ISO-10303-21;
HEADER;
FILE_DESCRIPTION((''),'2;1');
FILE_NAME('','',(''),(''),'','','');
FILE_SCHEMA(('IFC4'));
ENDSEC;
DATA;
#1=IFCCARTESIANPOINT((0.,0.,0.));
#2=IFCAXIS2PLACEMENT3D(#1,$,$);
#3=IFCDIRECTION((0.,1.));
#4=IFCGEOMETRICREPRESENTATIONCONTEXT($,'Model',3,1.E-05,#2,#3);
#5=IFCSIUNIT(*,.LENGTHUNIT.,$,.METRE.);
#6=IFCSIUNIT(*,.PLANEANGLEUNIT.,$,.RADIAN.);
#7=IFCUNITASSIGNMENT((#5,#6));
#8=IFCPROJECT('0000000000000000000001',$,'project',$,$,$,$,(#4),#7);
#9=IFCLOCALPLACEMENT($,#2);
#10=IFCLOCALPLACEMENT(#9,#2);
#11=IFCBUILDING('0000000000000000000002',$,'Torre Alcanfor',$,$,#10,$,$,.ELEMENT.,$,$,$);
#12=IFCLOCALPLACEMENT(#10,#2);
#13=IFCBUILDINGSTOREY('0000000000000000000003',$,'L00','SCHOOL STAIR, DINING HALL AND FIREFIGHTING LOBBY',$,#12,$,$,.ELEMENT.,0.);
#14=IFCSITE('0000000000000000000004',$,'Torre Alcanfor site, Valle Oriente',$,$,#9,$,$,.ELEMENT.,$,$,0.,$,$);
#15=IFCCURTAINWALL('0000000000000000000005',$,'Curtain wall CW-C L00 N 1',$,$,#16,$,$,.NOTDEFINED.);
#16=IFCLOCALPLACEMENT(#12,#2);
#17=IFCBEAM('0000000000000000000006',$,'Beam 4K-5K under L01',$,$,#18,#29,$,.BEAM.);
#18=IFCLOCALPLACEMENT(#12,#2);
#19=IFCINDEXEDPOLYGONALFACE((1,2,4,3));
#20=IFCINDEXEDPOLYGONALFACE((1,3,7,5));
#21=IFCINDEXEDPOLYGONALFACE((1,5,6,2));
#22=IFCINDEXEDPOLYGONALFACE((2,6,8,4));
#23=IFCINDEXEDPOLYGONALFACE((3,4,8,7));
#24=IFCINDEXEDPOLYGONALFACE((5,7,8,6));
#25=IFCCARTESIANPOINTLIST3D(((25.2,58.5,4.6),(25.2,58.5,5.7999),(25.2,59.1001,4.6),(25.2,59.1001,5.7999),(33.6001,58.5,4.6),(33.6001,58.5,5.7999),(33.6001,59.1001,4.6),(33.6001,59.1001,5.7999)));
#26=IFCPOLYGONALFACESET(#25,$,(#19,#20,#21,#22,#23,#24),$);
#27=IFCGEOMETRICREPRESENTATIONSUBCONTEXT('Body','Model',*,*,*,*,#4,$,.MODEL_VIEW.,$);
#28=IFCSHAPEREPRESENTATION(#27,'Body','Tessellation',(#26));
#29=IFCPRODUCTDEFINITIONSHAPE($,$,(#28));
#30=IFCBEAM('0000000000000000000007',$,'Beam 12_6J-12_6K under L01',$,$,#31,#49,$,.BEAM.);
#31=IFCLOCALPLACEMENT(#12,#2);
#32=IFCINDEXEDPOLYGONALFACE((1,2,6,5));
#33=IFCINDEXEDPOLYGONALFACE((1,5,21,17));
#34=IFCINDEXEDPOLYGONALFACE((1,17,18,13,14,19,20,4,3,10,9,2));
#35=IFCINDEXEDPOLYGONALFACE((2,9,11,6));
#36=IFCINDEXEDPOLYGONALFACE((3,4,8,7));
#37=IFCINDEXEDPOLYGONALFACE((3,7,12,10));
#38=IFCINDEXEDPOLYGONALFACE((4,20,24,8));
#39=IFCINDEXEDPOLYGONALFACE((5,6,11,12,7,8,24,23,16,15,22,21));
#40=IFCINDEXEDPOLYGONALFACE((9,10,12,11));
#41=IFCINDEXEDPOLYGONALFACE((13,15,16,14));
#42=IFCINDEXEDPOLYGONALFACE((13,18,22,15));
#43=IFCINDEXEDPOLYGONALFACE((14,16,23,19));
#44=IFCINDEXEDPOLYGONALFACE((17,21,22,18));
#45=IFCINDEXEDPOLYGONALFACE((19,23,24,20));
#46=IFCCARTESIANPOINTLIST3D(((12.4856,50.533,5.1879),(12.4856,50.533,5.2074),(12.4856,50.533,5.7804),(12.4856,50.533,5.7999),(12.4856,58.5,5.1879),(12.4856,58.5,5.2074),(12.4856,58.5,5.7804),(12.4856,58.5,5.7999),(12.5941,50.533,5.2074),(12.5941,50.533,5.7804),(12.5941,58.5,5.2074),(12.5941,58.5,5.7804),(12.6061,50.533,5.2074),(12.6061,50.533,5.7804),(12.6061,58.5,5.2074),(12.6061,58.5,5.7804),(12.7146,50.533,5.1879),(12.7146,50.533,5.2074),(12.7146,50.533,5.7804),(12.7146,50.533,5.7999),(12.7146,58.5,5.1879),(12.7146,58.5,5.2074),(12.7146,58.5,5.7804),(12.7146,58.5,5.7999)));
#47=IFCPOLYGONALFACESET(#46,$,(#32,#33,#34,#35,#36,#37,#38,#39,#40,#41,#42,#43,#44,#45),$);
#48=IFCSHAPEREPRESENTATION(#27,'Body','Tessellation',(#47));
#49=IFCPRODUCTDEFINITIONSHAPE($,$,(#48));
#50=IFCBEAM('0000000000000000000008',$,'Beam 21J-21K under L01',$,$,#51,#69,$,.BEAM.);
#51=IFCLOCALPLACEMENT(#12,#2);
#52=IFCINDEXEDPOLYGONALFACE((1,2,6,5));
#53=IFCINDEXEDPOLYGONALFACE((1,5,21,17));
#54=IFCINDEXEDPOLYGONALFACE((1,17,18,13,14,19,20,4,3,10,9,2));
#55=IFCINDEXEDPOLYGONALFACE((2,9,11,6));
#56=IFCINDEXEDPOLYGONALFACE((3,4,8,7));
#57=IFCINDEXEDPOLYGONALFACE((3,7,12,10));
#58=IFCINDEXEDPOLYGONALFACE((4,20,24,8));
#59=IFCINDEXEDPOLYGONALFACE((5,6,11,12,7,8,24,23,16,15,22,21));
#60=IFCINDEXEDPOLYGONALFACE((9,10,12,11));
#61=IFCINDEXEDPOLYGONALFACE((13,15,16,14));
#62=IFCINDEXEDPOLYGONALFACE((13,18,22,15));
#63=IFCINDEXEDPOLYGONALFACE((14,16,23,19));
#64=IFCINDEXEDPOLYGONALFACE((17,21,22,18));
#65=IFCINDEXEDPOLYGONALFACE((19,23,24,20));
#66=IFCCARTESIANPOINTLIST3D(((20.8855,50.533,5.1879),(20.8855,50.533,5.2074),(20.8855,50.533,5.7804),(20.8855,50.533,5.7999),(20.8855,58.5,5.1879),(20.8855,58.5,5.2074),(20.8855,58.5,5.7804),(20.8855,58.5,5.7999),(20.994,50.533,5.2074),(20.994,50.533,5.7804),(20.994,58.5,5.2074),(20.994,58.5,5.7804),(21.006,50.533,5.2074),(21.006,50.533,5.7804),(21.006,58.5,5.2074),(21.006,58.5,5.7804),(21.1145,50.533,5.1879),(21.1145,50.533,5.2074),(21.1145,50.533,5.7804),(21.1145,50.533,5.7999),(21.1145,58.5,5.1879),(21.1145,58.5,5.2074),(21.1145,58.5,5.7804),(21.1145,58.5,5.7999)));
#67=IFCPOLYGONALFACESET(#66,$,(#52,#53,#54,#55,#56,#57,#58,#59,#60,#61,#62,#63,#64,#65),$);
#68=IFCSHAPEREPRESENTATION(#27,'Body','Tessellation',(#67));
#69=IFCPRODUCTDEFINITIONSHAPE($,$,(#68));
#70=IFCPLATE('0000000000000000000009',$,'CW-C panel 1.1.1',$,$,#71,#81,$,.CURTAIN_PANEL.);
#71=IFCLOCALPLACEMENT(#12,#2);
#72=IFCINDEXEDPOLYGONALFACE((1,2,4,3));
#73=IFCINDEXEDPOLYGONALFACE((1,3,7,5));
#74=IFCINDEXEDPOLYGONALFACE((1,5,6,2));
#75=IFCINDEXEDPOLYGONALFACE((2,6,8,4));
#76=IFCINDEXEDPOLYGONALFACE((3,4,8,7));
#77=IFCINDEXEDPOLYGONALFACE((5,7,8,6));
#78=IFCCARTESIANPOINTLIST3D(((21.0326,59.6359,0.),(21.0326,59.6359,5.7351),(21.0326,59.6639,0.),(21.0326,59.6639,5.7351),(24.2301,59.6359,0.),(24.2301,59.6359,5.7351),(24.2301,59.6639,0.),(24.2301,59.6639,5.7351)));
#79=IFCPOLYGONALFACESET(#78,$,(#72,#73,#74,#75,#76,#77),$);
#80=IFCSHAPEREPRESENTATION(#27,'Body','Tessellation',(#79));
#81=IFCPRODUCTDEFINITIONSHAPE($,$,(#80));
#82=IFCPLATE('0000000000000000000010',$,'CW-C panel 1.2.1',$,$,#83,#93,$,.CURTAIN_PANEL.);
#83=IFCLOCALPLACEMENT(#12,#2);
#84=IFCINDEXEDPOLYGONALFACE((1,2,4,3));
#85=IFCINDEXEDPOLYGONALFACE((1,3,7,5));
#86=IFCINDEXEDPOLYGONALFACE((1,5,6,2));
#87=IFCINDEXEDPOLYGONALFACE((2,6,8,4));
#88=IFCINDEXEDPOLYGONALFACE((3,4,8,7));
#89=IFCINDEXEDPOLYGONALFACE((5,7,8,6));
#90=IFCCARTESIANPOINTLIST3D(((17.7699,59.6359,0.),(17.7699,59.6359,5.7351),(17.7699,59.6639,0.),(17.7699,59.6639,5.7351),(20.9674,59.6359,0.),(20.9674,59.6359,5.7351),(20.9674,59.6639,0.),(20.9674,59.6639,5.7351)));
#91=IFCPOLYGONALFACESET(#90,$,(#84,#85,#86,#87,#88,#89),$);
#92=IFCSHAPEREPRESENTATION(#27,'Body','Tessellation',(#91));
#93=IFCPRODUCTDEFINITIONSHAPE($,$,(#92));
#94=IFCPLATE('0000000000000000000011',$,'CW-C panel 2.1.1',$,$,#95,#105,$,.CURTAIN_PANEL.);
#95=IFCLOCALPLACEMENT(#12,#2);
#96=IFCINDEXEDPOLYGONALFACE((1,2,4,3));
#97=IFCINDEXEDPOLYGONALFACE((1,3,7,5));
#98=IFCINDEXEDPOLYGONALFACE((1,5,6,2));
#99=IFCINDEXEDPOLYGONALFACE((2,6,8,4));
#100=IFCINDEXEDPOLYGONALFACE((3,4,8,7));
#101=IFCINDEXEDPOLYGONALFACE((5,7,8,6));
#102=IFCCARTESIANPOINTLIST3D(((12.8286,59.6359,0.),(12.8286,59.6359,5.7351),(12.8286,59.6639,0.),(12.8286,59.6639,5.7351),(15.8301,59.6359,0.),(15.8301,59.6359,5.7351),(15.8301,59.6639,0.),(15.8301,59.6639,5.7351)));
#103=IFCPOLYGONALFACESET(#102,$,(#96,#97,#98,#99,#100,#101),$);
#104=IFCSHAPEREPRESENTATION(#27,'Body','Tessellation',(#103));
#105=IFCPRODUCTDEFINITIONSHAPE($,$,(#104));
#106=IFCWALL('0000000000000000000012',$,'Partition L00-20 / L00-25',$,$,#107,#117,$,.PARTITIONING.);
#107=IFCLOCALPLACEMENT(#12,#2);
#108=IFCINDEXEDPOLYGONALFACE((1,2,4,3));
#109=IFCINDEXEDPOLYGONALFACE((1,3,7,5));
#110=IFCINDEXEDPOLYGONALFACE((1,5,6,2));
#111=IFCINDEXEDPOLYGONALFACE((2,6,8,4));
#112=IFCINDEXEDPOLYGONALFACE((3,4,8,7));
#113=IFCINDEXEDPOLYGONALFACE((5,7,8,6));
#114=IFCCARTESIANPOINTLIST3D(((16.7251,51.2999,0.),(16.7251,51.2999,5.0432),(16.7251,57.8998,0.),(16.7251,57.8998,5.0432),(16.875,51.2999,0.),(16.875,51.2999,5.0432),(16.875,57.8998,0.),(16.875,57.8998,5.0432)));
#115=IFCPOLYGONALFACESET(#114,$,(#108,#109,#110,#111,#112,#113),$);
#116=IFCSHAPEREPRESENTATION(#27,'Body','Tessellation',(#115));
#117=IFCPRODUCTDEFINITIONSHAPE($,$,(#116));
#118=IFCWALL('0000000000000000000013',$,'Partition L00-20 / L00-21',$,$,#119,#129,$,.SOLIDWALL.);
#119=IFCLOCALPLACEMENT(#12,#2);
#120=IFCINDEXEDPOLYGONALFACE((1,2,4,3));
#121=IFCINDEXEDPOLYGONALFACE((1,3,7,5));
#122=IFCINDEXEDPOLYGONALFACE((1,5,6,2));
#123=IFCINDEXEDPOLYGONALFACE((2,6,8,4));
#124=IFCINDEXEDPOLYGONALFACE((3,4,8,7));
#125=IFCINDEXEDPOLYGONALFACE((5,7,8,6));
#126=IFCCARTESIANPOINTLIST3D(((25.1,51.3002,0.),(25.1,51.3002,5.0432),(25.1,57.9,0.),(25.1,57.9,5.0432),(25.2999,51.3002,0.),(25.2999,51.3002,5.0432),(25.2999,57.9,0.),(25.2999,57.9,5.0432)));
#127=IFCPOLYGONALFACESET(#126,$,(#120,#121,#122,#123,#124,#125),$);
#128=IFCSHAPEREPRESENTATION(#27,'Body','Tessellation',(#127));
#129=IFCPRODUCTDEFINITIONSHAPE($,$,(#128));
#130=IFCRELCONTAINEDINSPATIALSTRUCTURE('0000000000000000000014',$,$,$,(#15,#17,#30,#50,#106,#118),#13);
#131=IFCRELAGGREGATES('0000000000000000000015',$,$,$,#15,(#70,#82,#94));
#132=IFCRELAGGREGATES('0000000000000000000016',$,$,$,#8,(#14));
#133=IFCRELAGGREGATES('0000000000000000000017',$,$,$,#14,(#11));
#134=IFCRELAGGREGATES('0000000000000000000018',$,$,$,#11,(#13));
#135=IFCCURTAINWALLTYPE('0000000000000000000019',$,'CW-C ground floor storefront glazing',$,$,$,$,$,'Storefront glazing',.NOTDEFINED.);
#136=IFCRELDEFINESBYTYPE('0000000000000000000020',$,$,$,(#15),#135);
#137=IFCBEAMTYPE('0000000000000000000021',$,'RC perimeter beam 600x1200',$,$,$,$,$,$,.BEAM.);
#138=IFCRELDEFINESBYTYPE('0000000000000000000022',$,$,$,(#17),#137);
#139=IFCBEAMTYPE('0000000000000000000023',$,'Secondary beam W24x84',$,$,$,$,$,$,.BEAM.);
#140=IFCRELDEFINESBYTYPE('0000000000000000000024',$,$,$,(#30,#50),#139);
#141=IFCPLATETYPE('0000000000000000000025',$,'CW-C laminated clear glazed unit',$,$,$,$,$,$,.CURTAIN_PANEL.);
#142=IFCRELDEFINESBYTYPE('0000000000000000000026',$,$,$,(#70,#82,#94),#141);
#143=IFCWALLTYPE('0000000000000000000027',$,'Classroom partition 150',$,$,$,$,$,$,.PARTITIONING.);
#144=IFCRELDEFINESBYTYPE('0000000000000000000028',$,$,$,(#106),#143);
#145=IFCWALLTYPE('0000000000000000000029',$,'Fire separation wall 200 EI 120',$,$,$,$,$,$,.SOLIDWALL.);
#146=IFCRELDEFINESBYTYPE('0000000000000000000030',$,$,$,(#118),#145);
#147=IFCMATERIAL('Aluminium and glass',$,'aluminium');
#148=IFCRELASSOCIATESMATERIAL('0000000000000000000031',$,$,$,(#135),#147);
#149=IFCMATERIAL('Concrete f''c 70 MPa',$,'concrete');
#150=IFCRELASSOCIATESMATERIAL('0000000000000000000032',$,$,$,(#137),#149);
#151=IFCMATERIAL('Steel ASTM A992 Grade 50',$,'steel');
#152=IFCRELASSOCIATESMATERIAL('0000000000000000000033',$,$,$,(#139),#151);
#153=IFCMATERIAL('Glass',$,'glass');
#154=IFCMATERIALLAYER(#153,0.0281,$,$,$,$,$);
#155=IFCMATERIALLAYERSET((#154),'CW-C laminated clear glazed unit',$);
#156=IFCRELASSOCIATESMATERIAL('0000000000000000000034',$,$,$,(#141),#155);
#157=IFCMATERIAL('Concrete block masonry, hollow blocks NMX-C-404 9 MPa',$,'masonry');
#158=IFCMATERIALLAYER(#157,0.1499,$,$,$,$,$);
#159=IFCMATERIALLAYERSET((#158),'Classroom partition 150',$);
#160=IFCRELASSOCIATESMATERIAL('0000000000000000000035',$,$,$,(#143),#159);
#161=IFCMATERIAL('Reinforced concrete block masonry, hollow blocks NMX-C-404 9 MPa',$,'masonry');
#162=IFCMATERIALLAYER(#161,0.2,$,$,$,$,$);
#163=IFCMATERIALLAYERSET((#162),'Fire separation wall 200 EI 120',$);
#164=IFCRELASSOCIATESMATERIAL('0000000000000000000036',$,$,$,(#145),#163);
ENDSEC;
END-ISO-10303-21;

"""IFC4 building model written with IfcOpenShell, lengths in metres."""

from ifc_helpers import new_model, si_unit, direction, frame, frame_2d, origin, origin_2d, place, context, subcontext, project, spatial, rectangle, i_section, extrude, material, layer, layer_set, material_profile, profile_set, type_object, element, aggregate, save


model = new_model("IFC4")

# Units and contexts
model_context = context("Model", 3, precision=1e-05, world=origin(), true_north=direction((0.0, 1.0)))
body_context = subcontext(model_context, "Body", "Model", "MODEL_VIEW")
ifc_project = project(units=[si_unit("LENGTHUNIT", "METRE"), si_unit("PLANEANGLEUNIT", "RADIAN")], contexts=[model_context])

# Site, building, storey
site_placement = place(None, origin())
site = spatial("IfcSite", under=ifc_project, at=site_placement, Name="Torre Alcanfor site, Valle Oriente", CompositionType="ELEMENT", RefElevation=0.0)
building_placement = place(site_placement, origin())
building = spatial("IfcBuilding", under=site, at=building_placement, Name="Torre Alcanfor", CompositionType="ELEMENT")
storey_placement = place(building_placement, origin())
storey = spatial("IfcBuildingStorey", under=building, at=storey_placement, Name="L00", Description="SCHOOL STAIR, DINING HALL AND FIREFIGHTING LOBBY", CompositionType="ELEMENT", Elevation=0.0)

# Curtain wall
ifc_material_1 = material(Name="Aluminium and glass", Category="aluminium")
curtain_wall_type = type_object("IfcCurtainWallType", Name="CW-C ground floor storefront glazing", ElementType="Storefront glazing", PredefinedType="NOTDEFINED", material=ifc_material_1)
curtain_wall_placement = place(storey_placement, origin())
curtain_wall = element("IfcCurtainWall", 1, at=curtain_wall_placement, inside=storey, type_object=curtain_wall_type, Name="Curtain wall CW-C L00 N 1", PredefinedType="NOTDEFINED")

# Beams
ifc_material_2 = material(Name="Concrete f'c 70 MPa", Category="concrete")
ifc_material_profile_1 = material_profile(ifc_material_2, rectangle(XDim=0.6001, YDim=1.2, at=origin_2d()), Name="600x1200")
ifc_profile_set_1 = profile_set([ifc_material_profile_1], Name="Concrete f'c 70 MPa")
beam_type_1 = type_object("IfcBeamType", Name="RC perimeter beam 600x1200", PredefinedType="BEAM", material=ifc_profile_set_1)
beam_1_placement = place(storey_placement, frame((25.2, 58.8, 5.2), z_axis=(1.0, 0.0, 0.0), x_axis=(0.0, 1.0, 0.0)))
element("IfcBeam", 2, at=beam_1_placement, inside=storey, type_object=beam_type_1, Name="Beam 4K-5K under L01", PredefinedType="BEAM", context=body_context, shape_type="SweptSolid", body=[
    extrude(rectangle(XDim=0.6001, YDim=1.2, at=origin_2d()), origin(), (0.0, 0.0, 1.0), 8.4001),
])
ifc_material_3 = material(Name="Steel ASTM A992 Grade 50", Category="steel")
ifc_material_profile_2 = material_profile(ifc_material_3, i_section(OverallWidth=0.229, OverallDepth=0.6121, WebThickness=0.012, FlangeThickness=0.0195, at=origin_2d()), Name="W24x84")
ifc_profile_set_2 = profile_set([ifc_material_profile_2], Name="Steel ASTM A992 Grade 50")
beam_type_2 = type_object("IfcBeamType", Name="Secondary beam W24x84", PredefinedType="BEAM", material=ifc_profile_set_2)
for number, where, z_axis, x_axis, name in (
    (3, (12.6001, 50.533, 5.4939), (0.0, 1.0, 0.0), (-1.0, 0.0, 0.0), "Beam 12_6J-12_6K under L01"),
    (4, (21.0, 50.533, 5.4939), (0.0, 1.0, 0.0), (-1.0, 0.0, 0.0), "Beam 21J-21K under L01"),
):
    element("IfcBeam", number, at=place(storey_placement, frame(where, z_axis=z_axis, x_axis=x_axis)), inside=storey, type_object=beam_type_2, Name=name, PredefinedType="BEAM", context=body_context, shape_type="SweptSolid", body=[
        extrude(i_section(OverallWidth=0.229, OverallDepth=0.6121, WebThickness=0.012, FlangeThickness=0.0195, at=origin_2d()), origin(), (0.0, 0.0, 1.0), 7.967),
    ])

# Plates
ifc_material_4 = material(Name="Glass", Category="glass")
ifc_layer_1 = layer(ifc_material_4, 0.0281)
ifc_layer_set_1 = layer_set([ifc_layer_1], Name="CW-C laminated clear glazed unit")
plate_type = type_object("IfcPlateType", Name="CW-C laminated clear glazed unit", PredefinedType="CURTAIN_PANEL", material=ifc_layer_set_1)
plate_1_placement = place(storey_placement, frame((22.6313, 59.6499, 0.0), z_axis=(0.0, 0.0, 1.0), x_axis=(-1.0, 0.0, 0.0)))
plate_1 = element("IfcPlate", 5, at=plate_1_placement, type_object=plate_type, Name="CW-C panel 1.1.1", PredefinedType="CURTAIN_PANEL", context=body_context, shape_type="SweptSolid", body=[
    extrude(rectangle(XDim=3.1975, YDim=0.0281, at=origin_2d()), origin(), (0.0, 0.0, 1.0), 5.7351),
])
plate_2_placement = place(storey_placement, frame((19.3687, 59.6499, 0.0), z_axis=(0.0, 0.0, 1.0), x_axis=(-1.0, 0.0, 0.0)))
plate_2 = element("IfcPlate", 6, at=plate_2_placement, type_object=plate_type, Name="CW-C panel 1.2.1", PredefinedType="CURTAIN_PANEL", context=body_context, shape_type="SweptSolid", body=[
    extrude(rectangle(XDim=3.1975, YDim=0.0281, at=origin_2d()), origin(), (0.0, 0.0, 1.0), 5.7351),
])
plate_3_placement = place(storey_placement, frame((14.3293, 59.6499, 0.0), z_axis=(0.0, 0.0, 1.0), x_axis=(-1.0, 0.0, 0.0)))
plate_3 = element("IfcPlate", 7, at=plate_3_placement, type_object=plate_type, Name="CW-C panel 2.1.1", PredefinedType="CURTAIN_PANEL", context=body_context, shape_type="SweptSolid", body=[
    extrude(rectangle(XDim=3.0015, YDim=0.0281, at=origin_2d()), origin(), (0.0, 0.0, 1.0), 5.7351),
])
aggregate(curtain_wall, [plate_1, plate_2, plate_3])

# Walls
ifc_material_5 = material(Name="Concrete block masonry, hollow blocks NMX-C-404 9 MPa", Category="masonry")
ifc_layer_2 = layer(ifc_material_5, 0.1499)
ifc_layer_set_2 = layer_set([ifc_layer_2], Name="Classroom partition 150")
wall_type_1 = type_object("IfcWallType", Name="Classroom partition 150", PredefinedType="PARTITIONING", material=ifc_layer_set_2)
wall_1_placement = place(storey_placement, frame((16.8, 51.3, 0.0), z_axis=(0.0, 0.0, 1.0), x_axis=(0.0, 1.0, 0.0)))
element("IfcWall", 8, at=wall_1_placement, inside=storey, type_object=wall_type_1, Name="Partition L00-20 / L00-25", PredefinedType="PARTITIONING", context=body_context, shape_type="SweptSolid", body=[
    extrude(rectangle(XDim=6.5999, YDim=0.1499, at=frame_2d((3.2998, 0.0))), origin(), (0.0, 0.0, 1.0), 5.0432),
])
ifc_material_6 = material(Name="Reinforced concrete block masonry, hollow blocks NMX-C-404 9 MPa", Category="masonry")
ifc_layer_3 = layer(ifc_material_6, 0.2)
ifc_layer_set_3 = layer_set([ifc_layer_3], Name="Fire separation wall 200 EI 120")
wall_type_2 = type_object("IfcWallType", Name="Fire separation wall 200 EI 120", PredefinedType="SOLIDWALL", material=ifc_layer_set_3)
wall_2_placement = place(storey_placement, frame((25.2, 57.8999, 0.0), z_axis=(0.0, 0.0, 1.0), x_axis=(0.0, -1.0, 0.0)))
element("IfcWall", 9, at=wall_2_placement, inside=storey, type_object=wall_type_2, Name="Partition L00-20 / L00-21", PredefinedType="SOLIDWALL", context=body_context, shape_type="SweptSolid", body=[
    extrude(rectangle(XDim=6.5999, YDim=0.2, at=frame_2d((3.2998, 0.0))), origin(), (0.0, 0.0, 1.0), 5.0432),
])

save(model, "model.ifc")
